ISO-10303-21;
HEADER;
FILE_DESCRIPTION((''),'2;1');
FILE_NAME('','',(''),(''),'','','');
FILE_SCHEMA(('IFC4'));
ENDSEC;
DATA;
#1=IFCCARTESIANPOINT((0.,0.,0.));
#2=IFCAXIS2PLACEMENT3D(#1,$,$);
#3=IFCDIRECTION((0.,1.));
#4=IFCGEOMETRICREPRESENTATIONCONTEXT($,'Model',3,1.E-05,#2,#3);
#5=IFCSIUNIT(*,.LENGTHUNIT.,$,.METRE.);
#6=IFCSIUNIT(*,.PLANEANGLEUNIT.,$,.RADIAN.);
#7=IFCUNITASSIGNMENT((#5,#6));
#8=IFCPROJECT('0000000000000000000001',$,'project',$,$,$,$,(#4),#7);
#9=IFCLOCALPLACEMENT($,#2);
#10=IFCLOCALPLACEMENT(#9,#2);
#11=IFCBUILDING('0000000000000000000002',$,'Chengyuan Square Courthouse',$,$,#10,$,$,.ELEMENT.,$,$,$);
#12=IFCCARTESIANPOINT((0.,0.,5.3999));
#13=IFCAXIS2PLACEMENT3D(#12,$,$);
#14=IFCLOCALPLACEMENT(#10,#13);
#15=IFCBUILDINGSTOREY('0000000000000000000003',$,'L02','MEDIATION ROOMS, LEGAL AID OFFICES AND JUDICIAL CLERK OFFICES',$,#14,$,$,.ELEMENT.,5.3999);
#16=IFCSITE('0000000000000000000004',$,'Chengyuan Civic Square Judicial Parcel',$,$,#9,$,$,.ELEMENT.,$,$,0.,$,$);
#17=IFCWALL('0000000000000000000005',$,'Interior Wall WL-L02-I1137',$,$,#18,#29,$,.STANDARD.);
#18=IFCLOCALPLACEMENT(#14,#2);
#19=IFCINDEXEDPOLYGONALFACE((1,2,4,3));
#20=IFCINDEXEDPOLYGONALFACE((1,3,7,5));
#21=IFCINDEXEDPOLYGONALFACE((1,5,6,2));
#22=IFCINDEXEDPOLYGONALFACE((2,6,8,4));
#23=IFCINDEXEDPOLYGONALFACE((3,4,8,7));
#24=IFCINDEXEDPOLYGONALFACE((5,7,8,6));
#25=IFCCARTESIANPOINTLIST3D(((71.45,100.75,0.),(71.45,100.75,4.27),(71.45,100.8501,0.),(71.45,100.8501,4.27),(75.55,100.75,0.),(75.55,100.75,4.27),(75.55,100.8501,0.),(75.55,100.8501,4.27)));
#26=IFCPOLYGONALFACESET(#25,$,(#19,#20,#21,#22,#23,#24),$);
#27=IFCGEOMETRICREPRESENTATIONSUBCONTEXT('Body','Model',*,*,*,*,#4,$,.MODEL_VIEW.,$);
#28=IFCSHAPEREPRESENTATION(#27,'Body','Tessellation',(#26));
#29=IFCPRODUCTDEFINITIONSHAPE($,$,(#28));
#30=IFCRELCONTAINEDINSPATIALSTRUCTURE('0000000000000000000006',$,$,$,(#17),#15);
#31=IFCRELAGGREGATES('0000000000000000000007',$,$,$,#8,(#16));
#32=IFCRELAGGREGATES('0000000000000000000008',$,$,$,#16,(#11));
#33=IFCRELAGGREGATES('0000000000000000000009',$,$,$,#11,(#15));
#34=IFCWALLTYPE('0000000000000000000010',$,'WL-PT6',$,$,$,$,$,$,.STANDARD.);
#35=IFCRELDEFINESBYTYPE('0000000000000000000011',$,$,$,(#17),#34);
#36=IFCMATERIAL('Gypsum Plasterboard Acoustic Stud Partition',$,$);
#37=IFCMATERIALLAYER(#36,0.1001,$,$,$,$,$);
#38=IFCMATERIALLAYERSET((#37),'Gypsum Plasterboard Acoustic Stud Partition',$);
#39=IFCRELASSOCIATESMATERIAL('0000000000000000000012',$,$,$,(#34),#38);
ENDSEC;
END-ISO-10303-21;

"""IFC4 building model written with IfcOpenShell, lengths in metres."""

from ifc_helpers import new_model, si_unit, direction, frame, frame_2d, origin, place, context, subcontext, project, spatial, rectangle, extrude, material, layer, layer_set, type_object, element, save


model = new_model("IFC4")

# Units and contexts
model_context = context("Model", 3, precision=1e-05, world=origin(), true_north=direction((0.0, 1.0)))
body_context = subcontext(model_context, "Body", "Model", "MODEL_VIEW")
ifc_project = project(units=[si_unit("LENGTHUNIT", "METRE"), si_unit("PLANEANGLEUNIT", "RADIAN")], contexts=[model_context])

# Site, building, storey
site_placement = place(None, origin())
site = spatial("IfcSite", under=ifc_project, at=site_placement, Name="Chengyuan Civic Square Judicial Parcel", CompositionType="ELEMENT", RefElevation=0.0)
building_placement = place(site_placement, origin())
building = spatial("IfcBuilding", under=site, at=building_placement, Name="Chengyuan Square Courthouse", CompositionType="ELEMENT")
storey_placement = place(building_placement, frame((0.0, 0.0, 5.3999)))
storey = spatial("IfcBuildingStorey", under=building, at=storey_placement, Name="L02", Description="MEDIATION ROOMS, LEGAL AID OFFICES AND JUDICIAL CLERK OFFICES", CompositionType="ELEMENT", Elevation=5.3999)

# Wall
ifc_material_1 = material(Name="Gypsum Plasterboard Acoustic Stud Partition")
ifc_layer_1 = layer(ifc_material_1, 0.1001)
ifc_layer_set_1 = layer_set([ifc_layer_1], Name="Gypsum Plasterboard Acoustic Stud Partition")
wall_type_1 = type_object("IfcWallType", Name="WL-PT6", PredefinedType="STANDARD", material=ifc_layer_set_1)
wall_1_placement = place(storey_placement, frame((71.45, 100.8, 0.0), z_axis=(0.0, 0.0, 1.0), x_axis=(1.0, 0.0, 0.0)))
element("IfcWall", 1, at=wall_1_placement, inside=storey, type_object=wall_type_1, Name="Interior Wall WL-L02-I1137", PredefinedType="STANDARD", context=body_context, shape_type="SweptSolid", body=[
    extrude(rectangle(XDim=4.1001, YDim=0.1001, at=frame_2d((2.05, 0.0))), origin(), (0.0, 0.0, 1.0), 4.27),
])

save(model, "model.ifc")
